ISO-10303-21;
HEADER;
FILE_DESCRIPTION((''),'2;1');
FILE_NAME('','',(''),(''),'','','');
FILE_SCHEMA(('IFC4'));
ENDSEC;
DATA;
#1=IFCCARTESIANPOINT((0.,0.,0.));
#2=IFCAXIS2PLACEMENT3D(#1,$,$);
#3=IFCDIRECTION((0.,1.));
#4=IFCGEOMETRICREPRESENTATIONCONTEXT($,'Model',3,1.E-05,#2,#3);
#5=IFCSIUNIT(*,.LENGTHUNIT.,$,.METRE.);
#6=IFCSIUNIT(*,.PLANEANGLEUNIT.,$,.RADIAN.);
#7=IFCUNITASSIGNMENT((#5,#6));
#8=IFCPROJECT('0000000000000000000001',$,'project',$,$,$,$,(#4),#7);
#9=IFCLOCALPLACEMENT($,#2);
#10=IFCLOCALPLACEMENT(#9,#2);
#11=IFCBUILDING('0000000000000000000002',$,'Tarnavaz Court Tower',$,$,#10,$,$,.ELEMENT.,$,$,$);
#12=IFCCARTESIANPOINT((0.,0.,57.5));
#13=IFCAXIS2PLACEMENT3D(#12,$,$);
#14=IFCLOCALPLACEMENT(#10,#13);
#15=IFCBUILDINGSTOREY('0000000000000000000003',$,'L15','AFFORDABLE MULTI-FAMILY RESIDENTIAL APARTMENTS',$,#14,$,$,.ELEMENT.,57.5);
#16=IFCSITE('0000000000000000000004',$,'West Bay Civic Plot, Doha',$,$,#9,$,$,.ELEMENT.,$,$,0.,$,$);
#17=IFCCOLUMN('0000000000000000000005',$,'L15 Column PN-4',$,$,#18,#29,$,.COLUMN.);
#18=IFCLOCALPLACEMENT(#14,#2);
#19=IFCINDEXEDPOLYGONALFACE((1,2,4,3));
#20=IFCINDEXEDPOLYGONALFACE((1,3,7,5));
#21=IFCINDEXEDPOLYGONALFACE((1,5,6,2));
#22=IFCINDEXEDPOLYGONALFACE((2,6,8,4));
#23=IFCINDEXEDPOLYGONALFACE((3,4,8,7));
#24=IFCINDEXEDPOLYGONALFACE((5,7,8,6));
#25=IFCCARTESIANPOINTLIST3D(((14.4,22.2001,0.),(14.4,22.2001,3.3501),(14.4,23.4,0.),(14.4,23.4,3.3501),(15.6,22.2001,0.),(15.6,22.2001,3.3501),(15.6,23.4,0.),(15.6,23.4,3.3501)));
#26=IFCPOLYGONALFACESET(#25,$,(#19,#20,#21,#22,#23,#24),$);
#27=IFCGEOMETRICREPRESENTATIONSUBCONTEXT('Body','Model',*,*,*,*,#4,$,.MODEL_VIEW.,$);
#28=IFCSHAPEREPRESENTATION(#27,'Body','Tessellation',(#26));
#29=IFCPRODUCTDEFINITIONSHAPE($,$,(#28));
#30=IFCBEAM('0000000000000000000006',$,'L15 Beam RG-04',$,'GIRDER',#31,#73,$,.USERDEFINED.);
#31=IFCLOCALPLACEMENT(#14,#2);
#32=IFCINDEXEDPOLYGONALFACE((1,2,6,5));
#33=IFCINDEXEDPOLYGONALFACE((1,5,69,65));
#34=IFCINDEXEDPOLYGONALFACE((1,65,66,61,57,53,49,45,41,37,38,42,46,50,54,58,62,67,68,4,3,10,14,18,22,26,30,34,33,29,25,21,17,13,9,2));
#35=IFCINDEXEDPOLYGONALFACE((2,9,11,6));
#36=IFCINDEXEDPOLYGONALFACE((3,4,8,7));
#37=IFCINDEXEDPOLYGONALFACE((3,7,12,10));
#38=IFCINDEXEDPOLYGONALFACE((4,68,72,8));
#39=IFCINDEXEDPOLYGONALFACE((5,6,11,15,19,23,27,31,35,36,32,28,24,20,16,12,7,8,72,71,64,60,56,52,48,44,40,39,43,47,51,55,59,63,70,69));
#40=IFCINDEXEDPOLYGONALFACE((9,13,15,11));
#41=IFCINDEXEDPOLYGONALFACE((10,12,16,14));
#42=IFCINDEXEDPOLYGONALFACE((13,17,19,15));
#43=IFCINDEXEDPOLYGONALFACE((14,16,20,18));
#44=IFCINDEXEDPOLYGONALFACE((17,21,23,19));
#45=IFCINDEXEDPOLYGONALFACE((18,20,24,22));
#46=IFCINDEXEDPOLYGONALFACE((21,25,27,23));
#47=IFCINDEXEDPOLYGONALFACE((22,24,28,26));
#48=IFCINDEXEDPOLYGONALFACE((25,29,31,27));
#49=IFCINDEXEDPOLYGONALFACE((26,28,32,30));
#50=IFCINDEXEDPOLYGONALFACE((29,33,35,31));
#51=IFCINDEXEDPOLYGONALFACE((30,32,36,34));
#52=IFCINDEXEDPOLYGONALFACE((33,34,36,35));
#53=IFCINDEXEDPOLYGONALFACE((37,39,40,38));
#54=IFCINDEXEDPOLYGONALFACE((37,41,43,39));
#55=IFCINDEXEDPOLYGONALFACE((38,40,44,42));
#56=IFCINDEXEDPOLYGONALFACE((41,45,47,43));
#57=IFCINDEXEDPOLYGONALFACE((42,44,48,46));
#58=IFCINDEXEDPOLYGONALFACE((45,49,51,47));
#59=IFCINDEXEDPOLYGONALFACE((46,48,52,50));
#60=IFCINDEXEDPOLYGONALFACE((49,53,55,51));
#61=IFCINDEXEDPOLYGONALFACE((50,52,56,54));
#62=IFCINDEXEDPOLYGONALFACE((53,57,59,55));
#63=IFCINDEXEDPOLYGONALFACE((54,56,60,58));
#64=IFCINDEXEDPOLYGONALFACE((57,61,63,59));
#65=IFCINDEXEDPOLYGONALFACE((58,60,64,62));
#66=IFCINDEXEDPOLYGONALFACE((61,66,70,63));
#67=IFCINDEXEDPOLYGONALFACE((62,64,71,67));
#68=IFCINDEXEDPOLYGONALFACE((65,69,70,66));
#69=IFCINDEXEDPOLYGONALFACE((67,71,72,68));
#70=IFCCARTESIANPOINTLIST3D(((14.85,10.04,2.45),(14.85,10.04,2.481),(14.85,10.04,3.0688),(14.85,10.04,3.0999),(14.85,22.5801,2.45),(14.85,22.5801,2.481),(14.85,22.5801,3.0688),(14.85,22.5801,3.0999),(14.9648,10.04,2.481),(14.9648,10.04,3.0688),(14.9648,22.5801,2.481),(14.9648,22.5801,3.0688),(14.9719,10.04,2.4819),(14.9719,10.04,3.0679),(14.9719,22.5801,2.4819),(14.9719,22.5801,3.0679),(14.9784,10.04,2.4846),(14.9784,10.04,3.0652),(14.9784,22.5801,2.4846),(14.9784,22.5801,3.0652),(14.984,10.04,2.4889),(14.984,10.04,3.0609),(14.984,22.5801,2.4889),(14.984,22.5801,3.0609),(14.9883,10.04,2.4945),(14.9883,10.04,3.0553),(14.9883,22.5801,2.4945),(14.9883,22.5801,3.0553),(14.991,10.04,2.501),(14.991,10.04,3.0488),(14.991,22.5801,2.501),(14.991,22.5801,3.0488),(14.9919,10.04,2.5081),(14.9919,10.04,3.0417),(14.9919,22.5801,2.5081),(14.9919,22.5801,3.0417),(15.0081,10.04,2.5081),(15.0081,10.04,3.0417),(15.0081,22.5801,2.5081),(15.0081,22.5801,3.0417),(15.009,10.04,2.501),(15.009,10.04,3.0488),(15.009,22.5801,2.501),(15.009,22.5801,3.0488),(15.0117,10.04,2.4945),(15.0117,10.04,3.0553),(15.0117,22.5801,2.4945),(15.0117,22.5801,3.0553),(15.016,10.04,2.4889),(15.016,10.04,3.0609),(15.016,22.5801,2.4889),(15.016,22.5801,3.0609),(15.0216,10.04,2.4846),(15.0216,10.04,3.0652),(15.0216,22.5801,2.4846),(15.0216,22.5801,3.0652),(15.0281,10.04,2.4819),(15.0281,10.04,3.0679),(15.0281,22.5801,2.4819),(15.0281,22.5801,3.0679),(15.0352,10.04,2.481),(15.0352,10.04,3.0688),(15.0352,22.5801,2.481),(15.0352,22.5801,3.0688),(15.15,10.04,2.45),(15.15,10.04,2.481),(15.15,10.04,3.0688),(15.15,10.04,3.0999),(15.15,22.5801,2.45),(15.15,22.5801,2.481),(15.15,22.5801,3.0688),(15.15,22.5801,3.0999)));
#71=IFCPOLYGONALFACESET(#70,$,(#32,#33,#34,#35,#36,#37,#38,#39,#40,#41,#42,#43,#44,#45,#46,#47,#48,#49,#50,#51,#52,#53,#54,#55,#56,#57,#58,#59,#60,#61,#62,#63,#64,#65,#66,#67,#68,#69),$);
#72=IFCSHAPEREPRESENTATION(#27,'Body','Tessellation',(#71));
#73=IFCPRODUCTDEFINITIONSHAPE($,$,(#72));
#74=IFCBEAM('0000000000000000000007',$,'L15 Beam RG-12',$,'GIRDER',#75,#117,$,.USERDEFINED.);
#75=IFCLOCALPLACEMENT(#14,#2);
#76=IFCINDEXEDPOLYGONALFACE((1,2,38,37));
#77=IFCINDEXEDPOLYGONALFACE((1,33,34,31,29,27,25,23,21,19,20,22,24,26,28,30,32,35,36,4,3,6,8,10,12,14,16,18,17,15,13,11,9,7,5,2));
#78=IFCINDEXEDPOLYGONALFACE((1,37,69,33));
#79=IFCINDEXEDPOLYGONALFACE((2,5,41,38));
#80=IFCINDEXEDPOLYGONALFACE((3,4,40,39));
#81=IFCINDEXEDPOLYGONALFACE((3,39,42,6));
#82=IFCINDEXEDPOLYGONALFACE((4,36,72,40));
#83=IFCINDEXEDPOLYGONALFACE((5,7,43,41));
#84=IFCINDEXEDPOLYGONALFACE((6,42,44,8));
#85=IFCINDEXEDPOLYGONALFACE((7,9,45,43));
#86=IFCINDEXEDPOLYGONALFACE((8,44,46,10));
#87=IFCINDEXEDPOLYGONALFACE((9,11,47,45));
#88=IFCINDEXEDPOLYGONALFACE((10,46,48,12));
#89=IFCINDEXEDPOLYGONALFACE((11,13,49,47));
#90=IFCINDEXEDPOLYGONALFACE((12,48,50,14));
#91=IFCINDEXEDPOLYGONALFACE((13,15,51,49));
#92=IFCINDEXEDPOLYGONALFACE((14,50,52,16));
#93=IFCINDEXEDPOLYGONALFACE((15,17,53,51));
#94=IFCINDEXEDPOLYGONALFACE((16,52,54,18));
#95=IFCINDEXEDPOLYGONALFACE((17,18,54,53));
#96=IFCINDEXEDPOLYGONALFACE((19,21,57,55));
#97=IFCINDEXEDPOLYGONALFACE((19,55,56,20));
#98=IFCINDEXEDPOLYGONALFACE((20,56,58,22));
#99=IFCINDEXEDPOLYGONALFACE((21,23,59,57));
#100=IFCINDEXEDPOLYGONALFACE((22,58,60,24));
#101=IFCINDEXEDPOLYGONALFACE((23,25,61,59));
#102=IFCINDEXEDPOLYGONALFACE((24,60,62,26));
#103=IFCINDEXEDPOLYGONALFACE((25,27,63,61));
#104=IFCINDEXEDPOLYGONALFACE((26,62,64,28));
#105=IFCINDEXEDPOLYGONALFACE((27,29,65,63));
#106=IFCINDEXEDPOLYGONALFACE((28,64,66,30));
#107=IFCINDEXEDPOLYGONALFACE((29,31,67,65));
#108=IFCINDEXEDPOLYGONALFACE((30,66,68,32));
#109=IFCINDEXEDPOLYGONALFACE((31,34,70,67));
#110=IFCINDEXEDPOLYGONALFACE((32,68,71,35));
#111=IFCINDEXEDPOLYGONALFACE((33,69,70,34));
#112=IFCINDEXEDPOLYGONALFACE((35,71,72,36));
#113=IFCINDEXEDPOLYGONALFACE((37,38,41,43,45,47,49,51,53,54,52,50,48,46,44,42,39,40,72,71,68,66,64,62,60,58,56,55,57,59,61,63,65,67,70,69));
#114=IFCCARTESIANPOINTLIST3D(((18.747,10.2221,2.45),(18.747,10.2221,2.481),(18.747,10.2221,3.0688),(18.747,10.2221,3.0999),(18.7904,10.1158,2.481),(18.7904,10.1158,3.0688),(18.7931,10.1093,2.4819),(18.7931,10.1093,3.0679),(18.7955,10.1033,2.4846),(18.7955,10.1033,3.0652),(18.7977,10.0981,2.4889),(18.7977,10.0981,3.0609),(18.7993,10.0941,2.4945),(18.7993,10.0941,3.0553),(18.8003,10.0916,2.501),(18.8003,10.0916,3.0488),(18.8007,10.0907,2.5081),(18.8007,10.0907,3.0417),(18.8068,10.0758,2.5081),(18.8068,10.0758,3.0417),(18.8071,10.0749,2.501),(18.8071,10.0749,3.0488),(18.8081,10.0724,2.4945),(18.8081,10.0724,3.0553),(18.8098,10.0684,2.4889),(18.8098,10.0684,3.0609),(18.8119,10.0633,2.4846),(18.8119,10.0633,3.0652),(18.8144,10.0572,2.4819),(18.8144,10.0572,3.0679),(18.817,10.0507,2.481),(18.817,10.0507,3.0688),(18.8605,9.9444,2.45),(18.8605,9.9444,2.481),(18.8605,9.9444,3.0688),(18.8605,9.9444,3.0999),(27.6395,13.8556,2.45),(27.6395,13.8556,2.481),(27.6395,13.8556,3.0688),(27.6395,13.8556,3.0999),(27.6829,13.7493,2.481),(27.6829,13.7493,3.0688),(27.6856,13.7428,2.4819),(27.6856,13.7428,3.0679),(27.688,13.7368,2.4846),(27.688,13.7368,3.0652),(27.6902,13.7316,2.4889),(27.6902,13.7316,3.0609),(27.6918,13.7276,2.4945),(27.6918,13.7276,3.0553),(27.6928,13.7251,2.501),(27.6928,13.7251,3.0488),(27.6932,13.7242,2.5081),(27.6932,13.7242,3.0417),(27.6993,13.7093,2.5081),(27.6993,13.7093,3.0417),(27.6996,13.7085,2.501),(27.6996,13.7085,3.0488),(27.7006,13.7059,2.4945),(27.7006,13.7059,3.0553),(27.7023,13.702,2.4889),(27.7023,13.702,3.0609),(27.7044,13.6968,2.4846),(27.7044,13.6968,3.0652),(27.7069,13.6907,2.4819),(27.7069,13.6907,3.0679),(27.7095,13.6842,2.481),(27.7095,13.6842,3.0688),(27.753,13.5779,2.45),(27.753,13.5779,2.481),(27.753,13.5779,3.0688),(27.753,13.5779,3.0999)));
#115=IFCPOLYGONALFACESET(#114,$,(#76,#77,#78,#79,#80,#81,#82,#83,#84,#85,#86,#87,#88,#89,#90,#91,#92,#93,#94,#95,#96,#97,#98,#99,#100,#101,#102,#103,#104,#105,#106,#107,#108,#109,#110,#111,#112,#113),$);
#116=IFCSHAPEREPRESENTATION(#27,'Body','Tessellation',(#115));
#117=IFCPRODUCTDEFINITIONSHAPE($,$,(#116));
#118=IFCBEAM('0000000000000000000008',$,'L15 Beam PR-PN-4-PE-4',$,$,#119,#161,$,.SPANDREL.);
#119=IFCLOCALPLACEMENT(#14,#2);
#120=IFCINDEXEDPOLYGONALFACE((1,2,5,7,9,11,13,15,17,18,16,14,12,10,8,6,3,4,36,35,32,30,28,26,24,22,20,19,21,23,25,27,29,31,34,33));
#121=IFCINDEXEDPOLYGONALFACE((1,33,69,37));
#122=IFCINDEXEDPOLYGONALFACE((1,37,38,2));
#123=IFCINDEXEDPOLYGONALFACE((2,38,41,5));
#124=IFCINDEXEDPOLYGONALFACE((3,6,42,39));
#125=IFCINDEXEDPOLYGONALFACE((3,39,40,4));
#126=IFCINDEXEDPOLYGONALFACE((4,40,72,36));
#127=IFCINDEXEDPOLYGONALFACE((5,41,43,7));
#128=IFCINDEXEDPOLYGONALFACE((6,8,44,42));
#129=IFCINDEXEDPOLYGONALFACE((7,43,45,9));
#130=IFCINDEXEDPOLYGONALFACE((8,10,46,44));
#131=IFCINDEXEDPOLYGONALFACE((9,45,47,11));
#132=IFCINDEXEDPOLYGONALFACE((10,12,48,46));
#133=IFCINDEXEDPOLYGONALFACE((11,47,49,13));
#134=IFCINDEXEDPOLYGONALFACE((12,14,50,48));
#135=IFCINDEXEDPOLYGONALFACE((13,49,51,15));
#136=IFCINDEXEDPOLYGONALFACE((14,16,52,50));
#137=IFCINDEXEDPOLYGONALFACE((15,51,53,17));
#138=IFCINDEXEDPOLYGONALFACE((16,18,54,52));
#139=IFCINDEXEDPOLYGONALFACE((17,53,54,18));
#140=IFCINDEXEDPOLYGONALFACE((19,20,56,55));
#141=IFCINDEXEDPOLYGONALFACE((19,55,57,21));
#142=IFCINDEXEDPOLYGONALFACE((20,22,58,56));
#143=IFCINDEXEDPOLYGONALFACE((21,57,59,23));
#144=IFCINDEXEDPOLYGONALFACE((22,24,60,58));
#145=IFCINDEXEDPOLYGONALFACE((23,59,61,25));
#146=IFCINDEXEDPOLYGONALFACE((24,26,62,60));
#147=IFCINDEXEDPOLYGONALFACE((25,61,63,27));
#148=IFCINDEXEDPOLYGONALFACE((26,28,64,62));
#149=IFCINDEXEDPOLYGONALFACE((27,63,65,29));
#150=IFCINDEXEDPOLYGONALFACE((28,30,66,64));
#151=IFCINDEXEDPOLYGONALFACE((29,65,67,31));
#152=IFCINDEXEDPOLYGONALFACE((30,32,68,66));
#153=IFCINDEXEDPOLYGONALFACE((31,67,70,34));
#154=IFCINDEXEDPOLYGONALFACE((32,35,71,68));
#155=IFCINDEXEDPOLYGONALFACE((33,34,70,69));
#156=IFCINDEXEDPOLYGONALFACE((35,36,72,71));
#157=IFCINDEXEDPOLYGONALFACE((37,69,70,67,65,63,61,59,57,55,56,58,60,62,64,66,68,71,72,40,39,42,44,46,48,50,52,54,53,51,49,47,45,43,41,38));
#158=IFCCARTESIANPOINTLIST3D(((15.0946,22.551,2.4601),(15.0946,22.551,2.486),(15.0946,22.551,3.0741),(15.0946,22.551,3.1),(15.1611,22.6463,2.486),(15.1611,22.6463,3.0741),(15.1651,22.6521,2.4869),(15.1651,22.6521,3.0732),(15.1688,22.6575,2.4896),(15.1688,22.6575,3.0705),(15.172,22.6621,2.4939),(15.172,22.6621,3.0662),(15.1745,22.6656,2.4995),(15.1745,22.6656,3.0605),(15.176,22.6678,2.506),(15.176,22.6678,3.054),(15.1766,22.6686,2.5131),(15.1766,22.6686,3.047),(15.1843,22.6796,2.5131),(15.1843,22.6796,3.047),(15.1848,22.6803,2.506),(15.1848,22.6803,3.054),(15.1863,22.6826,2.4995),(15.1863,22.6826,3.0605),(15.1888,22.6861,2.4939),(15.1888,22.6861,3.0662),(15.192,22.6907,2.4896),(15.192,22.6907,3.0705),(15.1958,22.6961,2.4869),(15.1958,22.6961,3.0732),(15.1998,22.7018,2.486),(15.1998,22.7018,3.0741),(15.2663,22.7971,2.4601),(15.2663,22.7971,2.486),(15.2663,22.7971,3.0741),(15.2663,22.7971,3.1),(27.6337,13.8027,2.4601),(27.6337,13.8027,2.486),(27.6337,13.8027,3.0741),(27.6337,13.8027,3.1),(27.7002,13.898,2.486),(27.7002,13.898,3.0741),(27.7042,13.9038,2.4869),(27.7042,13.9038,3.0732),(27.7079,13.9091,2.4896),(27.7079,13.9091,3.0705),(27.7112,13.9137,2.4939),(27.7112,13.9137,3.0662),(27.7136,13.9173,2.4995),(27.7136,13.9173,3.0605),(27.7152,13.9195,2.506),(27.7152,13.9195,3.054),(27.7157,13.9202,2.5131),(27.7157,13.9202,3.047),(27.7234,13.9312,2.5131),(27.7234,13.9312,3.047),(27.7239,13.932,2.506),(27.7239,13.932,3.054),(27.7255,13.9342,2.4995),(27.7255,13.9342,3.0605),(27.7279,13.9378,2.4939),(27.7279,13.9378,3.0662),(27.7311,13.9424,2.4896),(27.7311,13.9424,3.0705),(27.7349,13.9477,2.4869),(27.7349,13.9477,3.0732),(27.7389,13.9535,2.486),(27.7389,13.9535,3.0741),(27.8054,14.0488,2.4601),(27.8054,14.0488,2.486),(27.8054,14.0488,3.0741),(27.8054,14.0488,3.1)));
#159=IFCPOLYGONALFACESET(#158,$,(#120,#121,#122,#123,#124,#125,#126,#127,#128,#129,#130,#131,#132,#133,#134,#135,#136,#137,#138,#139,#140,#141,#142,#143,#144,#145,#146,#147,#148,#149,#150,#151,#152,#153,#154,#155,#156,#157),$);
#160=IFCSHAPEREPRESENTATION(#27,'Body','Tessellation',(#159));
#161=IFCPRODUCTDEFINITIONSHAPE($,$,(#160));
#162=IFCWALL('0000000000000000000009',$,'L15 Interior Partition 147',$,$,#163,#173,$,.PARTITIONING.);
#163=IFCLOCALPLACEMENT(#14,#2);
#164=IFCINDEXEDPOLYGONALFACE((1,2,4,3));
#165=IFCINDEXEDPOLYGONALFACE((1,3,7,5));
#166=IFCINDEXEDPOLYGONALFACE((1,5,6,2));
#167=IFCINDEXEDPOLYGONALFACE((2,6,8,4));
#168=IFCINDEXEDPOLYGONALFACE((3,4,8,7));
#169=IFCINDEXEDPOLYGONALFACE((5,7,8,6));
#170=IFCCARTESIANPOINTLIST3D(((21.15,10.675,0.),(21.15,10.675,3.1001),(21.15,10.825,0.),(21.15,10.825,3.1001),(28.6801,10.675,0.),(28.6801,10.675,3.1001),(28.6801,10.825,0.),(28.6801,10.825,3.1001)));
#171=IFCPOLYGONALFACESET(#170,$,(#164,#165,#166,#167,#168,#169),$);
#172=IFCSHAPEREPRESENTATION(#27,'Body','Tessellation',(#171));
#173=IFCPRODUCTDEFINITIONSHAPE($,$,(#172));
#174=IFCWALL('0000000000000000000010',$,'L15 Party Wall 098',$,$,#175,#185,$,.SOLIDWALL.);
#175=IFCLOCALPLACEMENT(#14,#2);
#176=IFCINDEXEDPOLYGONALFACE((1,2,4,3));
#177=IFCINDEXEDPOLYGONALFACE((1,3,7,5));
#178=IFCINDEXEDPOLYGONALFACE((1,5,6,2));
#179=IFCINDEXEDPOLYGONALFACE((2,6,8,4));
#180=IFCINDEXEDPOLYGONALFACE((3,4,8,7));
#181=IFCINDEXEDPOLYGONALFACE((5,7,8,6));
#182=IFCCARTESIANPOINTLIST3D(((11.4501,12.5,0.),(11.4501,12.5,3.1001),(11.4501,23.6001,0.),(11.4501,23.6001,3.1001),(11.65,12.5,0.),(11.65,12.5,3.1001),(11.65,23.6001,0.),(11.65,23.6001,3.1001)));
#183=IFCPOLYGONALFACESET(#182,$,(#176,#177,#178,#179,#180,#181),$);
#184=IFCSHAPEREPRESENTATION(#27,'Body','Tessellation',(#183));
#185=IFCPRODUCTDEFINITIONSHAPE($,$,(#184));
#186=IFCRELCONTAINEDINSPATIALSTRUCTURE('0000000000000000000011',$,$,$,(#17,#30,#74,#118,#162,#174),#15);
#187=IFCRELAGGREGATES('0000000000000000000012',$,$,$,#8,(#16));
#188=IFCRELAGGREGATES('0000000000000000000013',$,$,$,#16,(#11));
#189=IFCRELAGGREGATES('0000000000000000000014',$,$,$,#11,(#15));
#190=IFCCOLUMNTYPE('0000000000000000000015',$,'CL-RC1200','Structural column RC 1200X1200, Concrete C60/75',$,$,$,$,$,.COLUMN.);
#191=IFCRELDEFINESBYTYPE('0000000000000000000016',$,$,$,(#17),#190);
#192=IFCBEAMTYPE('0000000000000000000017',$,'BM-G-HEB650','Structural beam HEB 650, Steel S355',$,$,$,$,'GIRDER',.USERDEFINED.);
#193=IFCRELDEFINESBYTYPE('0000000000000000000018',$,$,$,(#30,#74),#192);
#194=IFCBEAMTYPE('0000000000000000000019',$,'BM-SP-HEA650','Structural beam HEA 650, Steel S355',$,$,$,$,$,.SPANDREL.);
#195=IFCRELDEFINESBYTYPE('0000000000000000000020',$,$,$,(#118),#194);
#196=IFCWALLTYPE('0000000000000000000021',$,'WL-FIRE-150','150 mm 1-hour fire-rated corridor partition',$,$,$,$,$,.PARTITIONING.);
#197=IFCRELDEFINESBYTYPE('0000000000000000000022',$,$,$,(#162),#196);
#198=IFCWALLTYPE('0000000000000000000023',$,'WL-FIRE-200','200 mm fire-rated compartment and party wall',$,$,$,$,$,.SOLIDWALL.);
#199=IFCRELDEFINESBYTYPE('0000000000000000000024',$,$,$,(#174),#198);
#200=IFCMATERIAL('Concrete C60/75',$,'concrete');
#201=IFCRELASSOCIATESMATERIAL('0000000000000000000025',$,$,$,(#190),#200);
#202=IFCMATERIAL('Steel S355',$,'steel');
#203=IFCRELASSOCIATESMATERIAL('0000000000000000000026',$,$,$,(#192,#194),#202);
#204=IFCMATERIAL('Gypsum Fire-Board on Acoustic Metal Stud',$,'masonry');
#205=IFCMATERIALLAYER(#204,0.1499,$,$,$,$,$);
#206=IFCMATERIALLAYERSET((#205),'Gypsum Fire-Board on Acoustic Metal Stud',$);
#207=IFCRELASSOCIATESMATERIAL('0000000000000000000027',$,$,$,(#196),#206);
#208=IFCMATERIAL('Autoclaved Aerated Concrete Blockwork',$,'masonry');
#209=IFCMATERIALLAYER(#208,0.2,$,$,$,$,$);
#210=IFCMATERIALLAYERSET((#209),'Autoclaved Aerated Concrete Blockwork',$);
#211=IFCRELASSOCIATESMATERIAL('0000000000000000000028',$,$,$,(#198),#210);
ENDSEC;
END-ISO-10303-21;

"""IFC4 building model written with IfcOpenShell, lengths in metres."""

from ifc_helpers import new_model, si_unit, direction, frame, frame_2d, origin, origin_2d, place, context, subcontext, project, spatial, rectangle, i_section, extrude, material, layer, layer_set, material_profile, profile_set, type_object, element, save


model = new_model("IFC4")

# Units and contexts
model_context = context("Model", 3, precision=1e-05, world=origin(), true_north=direction((0.0, 1.0)))
body_context = subcontext(model_context, "Body", "Model", "MODEL_VIEW")
ifc_project = project(units=[si_unit("LENGTHUNIT", "METRE"), si_unit("PLANEANGLEUNIT", "RADIAN")], contexts=[model_context])

# Site, building, storey
site_placement = place(None, origin())
site = spatial("IfcSite", under=ifc_project, at=site_placement, Name="West Bay Civic Plot, Doha", CompositionType="ELEMENT", RefElevation=0.0)
building_placement = place(site_placement, origin())
building = spatial("IfcBuilding", under=site, at=building_placement, Name="Tarnavaz Court Tower", CompositionType="ELEMENT")
storey_placement = place(building_placement, frame((0.0, 0.0, 57.5)))
storey = spatial("IfcBuildingStorey", under=building, at=storey_placement, Name="L15", Description="AFFORDABLE MULTI-FAMILY RESIDENTIAL APARTMENTS", CompositionType="ELEMENT", Elevation=57.5)

# Column
ifc_material_1 = material(Name="Concrete C60/75", Category="concrete")
ifc_material_profile_1 = material_profile(ifc_material_1, rectangle(XDim=1.2, YDim=1.2, at=origin_2d()), Name="RC 1200X1200")
ifc_profile_set_1 = profile_set([ifc_material_profile_1], Name="Concrete C60/75")
column_type = type_object("IfcColumnType", Name="CL-RC1200", Description="Structural column RC 1200X1200, Concrete C60/75", PredefinedType="COLUMN", material=ifc_profile_set_1)
column_placement = place(storey_placement, frame((15.0, 22.8, 0.0), z_axis=(0.0, 0.0, 1.0), x_axis=(1.0, 0.0, 0.0)))
element("IfcColumn", 1, at=column_placement, inside=storey, type_object=column_type, Name="L15 Column PN-4", PredefinedType="COLUMN", context=body_context, shape_type="SweptSolid", body=[
    extrude(rectangle(XDim=1.2, YDim=1.2, at=origin_2d()), origin(), (0.0, 0.0, 1.0), 3.3501),
])

# Beams
ifc_material_2 = material(Name="Steel S355", Category="steel")
ifc_material_profile_2 = material_profile(ifc_material_2, i_section(OverallWidth=0.3, OverallDepth=0.6499, WebThickness=0.0161, FlangeThickness=0.031, FilletRadius=0.0271, at=origin_2d()), Name="HEB 650")
ifc_profile_set_2 = profile_set([ifc_material_profile_2], Name="Steel S355")
beam_type_1 = type_object("IfcBeamType", Name="BM-G-HEB650", Description="Structural beam HEB 650, Steel S355", ElementType="GIRDER", PredefinedType="USERDEFINED", material=ifc_profile_set_2)
beam_1_placement = place(storey_placement, frame((15.0, 10.04, 2.7749), z_axis=(0.0, 1.0, 0.0), x_axis=(-1.0, 0.0, 0.0)))
element("IfcBeam", 2, at=beam_1_placement, inside=storey, type_object=beam_type_1, Name="L15 Beam RG-04", ObjectType="GIRDER", PredefinedType="USERDEFINED", context=body_context, shape_type="SweptSolid", body=[
    extrude(i_section(OverallWidth=0.3, OverallDepth=0.6499, WebThickness=0.0161, FlangeThickness=0.031, FilletRadius=0.0271, at=origin_2d()), origin(), (0.0, 0.0, 1.0), 12.54),
])
beam_2_placement = place(storey_placement, frame((18.8037, 10.0833, 2.7749), z_axis=(0.925705, 0.378247, 0.0), x_axis=(-0.378247, 0.925705, 0.0)))
element("IfcBeam", 3, at=beam_2_placement, inside=storey, type_object=beam_type_1, Name="L15 Beam RG-12", ObjectType="GIRDER", PredefinedType="USERDEFINED", context=body_context, shape_type="SweptSolid", body=[
    extrude(i_section(OverallWidth=0.3, OverallDepth=0.6499, WebThickness=0.0161, FlangeThickness=0.031, FilletRadius=0.0271, at=origin_2d()), origin(), (0.0, 0.0, 1.0), 9.6062),
])
ifc_material_profile_3 = material_profile(ifc_material_2, i_section(OverallWidth=0.3, OverallDepth=0.6399, WebThickness=0.0134, FlangeThickness=0.0259, FilletRadius=0.0271, at=origin_2d()), Name="HEA 650")
ifc_profile_set_3 = profile_set([ifc_material_profile_3], Name="Steel S355")
beam_type_2 = type_object("IfcBeamType", Name="BM-SP-HEA650", Description="Structural beam HEA 650, Steel S355", PredefinedType="SPANDREL", material=ifc_profile_set_3)
beam_3_placement = place(storey_placement, frame((15.1804, 22.6741, 2.78), z_axis=(0.820124, -0.572186, 0.0), x_axis=(0.572186, 0.820124, 0.0)))
element("IfcBeam", 4, at=beam_3_placement, inside=storey, type_object=beam_type_2, Name="L15 Beam PR-PN-4-PE-4", PredefinedType="SPANDREL", context=body_context, shape_type="SweptSolid", body=[
    extrude(i_section(OverallWidth=0.3, OverallDepth=0.6399, WebThickness=0.0134, FlangeThickness=0.0259, FilletRadius=0.0271, at=origin_2d()), origin(), (0.0, 0.0, 1.0), 15.2893),
])

# Walls
ifc_material_3 = material(Name="Gypsum Fire-Board on Acoustic Metal Stud", Category="masonry")
ifc_layer_1 = layer(ifc_material_3, 0.1499)
ifc_layer_set_1 = layer_set([ifc_layer_1], Name="Gypsum Fire-Board on Acoustic Metal Stud")
wall_type_1 = type_object("IfcWallType", Name="WL-FIRE-150", Description="150 mm 1-hour fire-rated corridor partition", PredefinedType="PARTITIONING", material=ifc_layer_set_1)
wall_1_placement = place(storey_placement, frame((21.1499, 10.75, 0.0), z_axis=(0.0, 0.0, 1.0), x_axis=(1.0, 0.0, 0.0)))
element("IfcWall", 5, at=wall_1_placement, inside=storey, type_object=wall_type_1, Name="L15 Interior Partition 147", PredefinedType="PARTITIONING", context=body_context, shape_type="SweptSolid", body=[
    extrude(rectangle(XDim=7.53, YDim=0.1499, at=frame_2d((3.7651, 0.0))), origin(), (0.0, 0.0, 1.0), 3.1001),
])
ifc_material_4 = material(Name="Autoclaved Aerated Concrete Blockwork", Category="masonry")
ifc_layer_2 = layer(ifc_material_4, 0.2)
ifc_layer_set_2 = layer_set([ifc_layer_2], Name="Autoclaved Aerated Concrete Blockwork")
wall_type_2 = type_object("IfcWallType", Name="WL-FIRE-200", Description="200 mm fire-rated compartment and party wall", PredefinedType="SOLIDWALL", material=ifc_layer_set_2)
wall_2_placement = place(storey_placement, frame((11.55, 12.5, 0.0), z_axis=(0.0, 0.0, 1.0), x_axis=(0.0, 1.0, 0.0)))
element("IfcWall", 6, at=wall_2_placement, inside=storey, type_object=wall_type_2, Name="L15 Party Wall 098", PredefinedType="SOLIDWALL", context=body_context, shape_type="SweptSolid", body=[
    extrude(rectangle(XDim=11.1001, YDim=0.2, at=frame_2d((5.55, 0.0))), origin(), (0.0, 0.0, 1.0), 3.1001),
])

save(model, "model.ifc")
